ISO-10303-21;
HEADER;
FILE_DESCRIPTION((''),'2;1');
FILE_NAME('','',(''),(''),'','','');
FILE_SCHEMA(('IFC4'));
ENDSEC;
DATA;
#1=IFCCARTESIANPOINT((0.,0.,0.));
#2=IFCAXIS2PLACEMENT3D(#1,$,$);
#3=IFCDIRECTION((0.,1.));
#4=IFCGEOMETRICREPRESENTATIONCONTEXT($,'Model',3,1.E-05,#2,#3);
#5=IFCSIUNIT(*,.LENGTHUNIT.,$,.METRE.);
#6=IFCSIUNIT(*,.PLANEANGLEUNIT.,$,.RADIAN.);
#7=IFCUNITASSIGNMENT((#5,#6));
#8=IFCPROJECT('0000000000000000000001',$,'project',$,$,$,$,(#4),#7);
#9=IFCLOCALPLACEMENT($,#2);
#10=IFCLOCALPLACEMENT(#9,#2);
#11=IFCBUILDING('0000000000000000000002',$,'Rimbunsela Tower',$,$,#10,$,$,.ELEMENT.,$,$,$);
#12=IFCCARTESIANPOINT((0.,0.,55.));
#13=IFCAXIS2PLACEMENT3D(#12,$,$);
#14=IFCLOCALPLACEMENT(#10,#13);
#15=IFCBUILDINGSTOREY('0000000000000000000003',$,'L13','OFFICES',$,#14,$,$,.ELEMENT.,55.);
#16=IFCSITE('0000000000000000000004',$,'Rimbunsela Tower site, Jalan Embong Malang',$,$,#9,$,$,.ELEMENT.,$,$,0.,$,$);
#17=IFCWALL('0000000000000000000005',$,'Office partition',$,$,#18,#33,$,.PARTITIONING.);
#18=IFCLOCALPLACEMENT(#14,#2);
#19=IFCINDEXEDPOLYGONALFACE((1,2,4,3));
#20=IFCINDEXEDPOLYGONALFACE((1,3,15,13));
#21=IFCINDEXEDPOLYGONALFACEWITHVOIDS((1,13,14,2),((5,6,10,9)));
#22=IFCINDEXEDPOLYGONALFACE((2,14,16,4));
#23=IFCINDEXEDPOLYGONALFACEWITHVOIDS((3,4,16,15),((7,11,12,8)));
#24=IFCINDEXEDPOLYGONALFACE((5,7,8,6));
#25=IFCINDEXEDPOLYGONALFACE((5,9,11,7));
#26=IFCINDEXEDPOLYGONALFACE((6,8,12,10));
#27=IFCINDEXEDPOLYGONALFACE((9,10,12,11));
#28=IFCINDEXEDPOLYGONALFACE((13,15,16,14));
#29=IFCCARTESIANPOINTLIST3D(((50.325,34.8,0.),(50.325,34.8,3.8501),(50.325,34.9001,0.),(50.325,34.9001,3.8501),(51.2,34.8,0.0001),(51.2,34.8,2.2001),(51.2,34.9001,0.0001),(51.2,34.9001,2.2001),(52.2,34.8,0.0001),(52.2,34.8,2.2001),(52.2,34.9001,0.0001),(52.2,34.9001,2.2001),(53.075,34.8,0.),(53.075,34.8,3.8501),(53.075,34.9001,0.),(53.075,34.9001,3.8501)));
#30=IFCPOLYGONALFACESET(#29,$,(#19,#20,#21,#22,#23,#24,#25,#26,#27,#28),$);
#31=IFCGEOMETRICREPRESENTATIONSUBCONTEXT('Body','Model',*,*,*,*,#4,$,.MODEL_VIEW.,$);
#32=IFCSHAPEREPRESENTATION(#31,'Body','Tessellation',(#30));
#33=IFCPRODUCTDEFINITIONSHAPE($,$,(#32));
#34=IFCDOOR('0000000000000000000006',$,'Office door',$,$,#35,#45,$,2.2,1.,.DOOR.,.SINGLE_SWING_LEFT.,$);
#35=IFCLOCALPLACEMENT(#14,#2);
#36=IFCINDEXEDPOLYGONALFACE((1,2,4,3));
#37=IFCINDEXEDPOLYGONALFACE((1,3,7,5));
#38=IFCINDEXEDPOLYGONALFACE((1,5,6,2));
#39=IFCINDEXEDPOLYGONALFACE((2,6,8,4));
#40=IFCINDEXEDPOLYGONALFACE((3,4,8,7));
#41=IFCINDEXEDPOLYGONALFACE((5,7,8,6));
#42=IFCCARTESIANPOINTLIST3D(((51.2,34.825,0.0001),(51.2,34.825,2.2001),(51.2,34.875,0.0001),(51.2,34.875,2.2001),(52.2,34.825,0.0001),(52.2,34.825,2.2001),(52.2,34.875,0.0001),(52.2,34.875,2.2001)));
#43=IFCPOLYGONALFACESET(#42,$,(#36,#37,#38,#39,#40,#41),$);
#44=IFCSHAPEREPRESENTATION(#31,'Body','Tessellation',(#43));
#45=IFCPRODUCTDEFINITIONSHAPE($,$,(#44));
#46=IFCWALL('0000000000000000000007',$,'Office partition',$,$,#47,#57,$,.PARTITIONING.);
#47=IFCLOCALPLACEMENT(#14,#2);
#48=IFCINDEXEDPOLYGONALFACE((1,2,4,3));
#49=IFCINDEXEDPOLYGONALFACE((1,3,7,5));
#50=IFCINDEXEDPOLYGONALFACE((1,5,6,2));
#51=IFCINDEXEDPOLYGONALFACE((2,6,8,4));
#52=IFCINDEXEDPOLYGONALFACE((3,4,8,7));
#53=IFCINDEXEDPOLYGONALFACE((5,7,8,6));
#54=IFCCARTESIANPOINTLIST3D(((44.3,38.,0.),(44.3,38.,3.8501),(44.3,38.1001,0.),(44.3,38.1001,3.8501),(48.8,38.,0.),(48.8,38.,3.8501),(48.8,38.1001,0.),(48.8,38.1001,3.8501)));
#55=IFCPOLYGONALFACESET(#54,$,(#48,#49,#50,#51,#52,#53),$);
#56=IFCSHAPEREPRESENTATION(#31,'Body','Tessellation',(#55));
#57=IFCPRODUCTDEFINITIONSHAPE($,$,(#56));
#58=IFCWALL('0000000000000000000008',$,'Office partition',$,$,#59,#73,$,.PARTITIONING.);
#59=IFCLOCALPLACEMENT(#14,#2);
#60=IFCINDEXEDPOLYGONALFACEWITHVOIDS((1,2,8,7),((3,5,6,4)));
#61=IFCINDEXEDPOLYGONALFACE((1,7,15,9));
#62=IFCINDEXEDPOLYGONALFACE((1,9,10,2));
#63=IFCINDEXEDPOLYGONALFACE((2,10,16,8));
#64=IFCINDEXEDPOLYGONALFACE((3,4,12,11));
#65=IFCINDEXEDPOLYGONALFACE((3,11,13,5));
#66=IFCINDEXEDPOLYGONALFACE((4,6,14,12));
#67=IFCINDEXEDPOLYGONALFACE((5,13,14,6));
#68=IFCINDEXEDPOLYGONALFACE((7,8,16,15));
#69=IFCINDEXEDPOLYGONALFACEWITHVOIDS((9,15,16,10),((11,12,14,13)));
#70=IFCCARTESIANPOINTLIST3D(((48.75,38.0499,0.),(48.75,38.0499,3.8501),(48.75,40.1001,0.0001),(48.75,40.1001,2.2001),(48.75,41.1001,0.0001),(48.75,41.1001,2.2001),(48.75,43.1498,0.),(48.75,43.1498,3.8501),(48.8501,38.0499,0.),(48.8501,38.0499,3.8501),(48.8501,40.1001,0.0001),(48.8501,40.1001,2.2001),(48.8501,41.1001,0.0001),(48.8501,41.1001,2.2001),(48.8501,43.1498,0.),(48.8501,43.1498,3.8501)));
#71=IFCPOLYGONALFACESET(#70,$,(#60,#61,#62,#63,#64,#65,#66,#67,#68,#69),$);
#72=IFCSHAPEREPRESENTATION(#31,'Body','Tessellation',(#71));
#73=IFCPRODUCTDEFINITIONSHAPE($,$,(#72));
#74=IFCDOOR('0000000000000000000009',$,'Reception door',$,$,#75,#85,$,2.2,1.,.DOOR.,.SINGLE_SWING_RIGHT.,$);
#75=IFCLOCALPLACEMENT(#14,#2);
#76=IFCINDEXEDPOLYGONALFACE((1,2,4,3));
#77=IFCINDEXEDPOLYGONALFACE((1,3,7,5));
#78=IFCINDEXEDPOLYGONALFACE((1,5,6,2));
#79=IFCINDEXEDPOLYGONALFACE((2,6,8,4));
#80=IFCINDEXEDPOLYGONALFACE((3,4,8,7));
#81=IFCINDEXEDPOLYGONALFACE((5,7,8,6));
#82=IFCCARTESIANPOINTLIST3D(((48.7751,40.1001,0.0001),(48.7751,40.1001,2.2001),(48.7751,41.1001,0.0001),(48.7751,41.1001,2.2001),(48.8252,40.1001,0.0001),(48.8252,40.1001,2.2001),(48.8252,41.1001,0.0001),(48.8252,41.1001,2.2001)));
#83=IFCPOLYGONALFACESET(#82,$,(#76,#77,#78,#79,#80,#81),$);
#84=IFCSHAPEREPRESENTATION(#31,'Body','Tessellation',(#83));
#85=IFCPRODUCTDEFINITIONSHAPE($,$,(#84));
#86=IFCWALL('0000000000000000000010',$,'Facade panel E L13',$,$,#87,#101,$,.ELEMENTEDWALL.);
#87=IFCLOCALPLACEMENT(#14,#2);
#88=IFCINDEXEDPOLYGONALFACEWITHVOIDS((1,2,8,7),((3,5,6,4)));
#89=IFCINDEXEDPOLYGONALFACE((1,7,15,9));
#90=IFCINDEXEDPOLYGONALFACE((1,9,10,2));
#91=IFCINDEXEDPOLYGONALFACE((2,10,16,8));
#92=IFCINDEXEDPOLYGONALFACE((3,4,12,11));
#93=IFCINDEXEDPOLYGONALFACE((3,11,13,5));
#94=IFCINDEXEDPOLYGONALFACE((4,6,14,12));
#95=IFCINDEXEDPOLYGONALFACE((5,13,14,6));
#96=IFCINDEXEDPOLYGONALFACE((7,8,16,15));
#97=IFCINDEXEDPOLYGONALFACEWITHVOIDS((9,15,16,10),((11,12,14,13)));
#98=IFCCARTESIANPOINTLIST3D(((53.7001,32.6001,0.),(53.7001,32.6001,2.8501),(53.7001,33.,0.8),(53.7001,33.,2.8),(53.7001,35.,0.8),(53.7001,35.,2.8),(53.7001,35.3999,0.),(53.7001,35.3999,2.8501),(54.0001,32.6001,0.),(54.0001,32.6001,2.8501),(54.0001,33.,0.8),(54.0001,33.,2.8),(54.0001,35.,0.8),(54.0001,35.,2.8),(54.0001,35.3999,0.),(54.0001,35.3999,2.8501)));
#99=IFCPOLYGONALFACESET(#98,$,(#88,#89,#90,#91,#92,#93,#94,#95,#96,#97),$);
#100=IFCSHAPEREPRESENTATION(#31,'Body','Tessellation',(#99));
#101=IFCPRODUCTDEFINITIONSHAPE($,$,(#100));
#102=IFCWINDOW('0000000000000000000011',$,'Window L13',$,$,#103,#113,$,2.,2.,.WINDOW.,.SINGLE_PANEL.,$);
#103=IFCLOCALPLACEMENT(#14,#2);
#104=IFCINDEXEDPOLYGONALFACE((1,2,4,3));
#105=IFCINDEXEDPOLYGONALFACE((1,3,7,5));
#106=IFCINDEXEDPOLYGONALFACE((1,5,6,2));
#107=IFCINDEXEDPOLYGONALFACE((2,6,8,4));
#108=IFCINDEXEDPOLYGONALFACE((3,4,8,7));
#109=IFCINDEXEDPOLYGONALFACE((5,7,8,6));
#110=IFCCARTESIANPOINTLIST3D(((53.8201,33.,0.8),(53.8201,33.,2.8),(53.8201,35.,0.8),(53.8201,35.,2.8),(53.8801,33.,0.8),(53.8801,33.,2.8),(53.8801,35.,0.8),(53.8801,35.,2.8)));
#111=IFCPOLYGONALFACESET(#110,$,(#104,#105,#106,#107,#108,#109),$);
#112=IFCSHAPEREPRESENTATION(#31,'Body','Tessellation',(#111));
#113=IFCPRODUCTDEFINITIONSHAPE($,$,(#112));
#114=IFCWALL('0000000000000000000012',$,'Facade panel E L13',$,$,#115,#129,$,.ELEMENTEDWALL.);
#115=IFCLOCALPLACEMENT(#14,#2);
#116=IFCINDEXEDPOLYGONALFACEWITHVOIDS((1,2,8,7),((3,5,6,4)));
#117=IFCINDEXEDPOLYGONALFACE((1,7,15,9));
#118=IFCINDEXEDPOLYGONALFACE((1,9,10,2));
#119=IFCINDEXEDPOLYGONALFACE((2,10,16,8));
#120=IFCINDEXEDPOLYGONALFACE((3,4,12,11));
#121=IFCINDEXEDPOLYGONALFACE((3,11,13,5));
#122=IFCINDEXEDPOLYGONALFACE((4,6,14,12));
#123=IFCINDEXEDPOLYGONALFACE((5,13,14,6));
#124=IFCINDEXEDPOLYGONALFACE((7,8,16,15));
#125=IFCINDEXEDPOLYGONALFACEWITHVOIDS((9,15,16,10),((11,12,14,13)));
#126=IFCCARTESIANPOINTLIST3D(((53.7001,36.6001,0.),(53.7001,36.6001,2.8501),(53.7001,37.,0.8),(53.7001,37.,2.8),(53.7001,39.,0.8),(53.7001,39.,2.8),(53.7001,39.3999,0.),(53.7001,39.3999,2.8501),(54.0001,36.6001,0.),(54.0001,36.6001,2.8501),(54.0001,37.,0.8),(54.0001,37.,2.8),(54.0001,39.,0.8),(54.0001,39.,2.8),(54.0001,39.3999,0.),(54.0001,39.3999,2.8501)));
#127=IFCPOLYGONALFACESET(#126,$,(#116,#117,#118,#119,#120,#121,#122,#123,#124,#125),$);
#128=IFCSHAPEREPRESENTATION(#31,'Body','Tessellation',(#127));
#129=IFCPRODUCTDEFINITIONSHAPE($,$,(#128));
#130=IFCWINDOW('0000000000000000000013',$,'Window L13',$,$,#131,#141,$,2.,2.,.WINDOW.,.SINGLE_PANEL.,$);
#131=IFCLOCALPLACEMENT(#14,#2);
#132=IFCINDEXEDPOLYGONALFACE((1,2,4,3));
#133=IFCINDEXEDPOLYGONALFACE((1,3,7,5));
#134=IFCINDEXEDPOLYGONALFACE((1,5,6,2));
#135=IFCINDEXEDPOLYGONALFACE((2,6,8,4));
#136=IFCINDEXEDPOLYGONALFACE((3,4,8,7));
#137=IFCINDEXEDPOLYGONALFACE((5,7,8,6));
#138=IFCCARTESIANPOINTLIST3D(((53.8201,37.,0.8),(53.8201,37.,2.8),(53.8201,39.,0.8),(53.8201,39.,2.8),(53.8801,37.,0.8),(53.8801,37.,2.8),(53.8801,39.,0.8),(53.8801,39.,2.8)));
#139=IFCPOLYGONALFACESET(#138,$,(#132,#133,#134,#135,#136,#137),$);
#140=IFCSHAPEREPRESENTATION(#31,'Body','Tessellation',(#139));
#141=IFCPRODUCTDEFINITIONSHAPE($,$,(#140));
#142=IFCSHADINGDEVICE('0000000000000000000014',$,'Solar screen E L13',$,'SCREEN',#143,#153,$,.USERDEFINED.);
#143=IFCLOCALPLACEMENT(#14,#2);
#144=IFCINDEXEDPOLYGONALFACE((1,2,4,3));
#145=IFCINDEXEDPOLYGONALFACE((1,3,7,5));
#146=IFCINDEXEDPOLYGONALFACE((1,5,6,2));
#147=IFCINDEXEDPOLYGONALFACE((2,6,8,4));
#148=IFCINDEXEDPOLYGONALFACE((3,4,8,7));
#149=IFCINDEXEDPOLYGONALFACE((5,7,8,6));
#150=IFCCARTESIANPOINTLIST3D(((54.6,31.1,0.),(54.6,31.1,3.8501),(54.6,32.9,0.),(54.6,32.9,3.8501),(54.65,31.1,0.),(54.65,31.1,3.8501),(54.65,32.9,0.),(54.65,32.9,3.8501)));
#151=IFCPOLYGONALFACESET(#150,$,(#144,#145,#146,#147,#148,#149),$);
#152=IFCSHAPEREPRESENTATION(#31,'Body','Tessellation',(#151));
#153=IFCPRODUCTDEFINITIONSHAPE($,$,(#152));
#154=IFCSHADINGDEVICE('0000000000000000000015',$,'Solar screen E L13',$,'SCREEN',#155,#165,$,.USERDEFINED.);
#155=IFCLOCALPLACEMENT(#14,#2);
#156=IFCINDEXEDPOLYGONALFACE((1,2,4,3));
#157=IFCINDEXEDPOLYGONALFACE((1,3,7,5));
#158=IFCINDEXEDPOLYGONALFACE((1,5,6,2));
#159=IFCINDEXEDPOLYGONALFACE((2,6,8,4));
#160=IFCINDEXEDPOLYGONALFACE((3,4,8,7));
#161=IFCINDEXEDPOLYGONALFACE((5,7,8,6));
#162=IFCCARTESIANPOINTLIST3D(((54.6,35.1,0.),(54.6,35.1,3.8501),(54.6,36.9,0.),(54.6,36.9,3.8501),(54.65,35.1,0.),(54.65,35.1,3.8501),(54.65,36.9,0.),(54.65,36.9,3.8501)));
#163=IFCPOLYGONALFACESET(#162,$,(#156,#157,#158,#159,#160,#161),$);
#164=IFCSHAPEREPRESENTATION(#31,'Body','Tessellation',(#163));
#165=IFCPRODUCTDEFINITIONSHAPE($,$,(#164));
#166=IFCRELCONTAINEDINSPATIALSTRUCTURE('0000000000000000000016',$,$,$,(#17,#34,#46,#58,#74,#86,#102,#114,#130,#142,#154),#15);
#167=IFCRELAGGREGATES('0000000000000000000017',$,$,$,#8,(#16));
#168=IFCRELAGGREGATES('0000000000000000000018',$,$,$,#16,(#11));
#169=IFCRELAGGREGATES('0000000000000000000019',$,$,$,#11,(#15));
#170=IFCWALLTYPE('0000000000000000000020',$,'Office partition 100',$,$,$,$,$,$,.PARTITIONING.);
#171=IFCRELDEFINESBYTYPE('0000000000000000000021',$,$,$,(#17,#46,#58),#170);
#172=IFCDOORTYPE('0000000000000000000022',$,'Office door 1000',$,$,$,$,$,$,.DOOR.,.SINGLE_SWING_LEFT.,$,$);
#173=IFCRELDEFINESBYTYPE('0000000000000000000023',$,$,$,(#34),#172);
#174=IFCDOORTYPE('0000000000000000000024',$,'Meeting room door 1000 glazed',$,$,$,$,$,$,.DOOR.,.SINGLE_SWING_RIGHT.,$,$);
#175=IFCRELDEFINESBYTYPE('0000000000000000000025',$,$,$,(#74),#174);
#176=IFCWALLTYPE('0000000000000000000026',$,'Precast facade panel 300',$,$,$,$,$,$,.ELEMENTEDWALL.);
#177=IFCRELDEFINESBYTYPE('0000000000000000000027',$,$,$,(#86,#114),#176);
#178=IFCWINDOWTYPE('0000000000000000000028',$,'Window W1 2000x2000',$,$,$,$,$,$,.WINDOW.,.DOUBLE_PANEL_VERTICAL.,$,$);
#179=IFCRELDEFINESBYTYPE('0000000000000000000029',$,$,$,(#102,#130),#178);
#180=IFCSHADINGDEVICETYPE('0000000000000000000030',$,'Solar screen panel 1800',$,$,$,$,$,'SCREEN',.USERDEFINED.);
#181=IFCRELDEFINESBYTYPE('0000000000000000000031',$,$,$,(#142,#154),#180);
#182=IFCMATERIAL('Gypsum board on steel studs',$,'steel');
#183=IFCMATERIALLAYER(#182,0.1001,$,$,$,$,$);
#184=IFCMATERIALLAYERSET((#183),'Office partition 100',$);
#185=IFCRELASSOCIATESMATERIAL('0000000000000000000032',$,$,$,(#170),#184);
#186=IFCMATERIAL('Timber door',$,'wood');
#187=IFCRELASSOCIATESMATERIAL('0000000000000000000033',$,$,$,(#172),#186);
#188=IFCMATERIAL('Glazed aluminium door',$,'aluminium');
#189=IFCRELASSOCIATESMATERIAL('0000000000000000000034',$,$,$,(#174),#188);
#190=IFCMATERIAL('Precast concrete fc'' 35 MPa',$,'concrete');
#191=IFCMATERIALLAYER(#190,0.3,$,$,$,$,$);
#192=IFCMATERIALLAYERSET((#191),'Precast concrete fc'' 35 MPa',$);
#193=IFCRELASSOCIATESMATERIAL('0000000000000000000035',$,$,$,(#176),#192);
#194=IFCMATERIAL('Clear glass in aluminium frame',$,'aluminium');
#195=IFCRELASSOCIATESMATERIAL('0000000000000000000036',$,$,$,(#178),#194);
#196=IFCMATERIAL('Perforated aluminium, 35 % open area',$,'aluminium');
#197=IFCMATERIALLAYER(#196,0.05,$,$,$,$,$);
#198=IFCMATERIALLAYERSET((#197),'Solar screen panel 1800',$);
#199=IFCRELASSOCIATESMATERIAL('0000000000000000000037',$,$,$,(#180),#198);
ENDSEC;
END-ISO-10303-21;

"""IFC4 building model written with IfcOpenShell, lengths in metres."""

from ifc_helpers import new_model, si_unit, direction, frame, frame_2d, origin, origin_2d, place, context, subcontext, project, spatial, rectangle, extrude, material, layer, layer_set, type_object, element, fill, save


model = new_model("IFC4")

# Units and contexts
model_context = context("Model", 3, precision=1e-05, world=origin(), true_north=direction((0.0, 1.0)))
body_context = subcontext(model_context, "Body", "Model", "MODEL_VIEW")
ifc_project = project(units=[si_unit("LENGTHUNIT", "METRE"), si_unit("PLANEANGLEUNIT", "RADIAN")], contexts=[model_context])

# Site, building, storey
site_placement = place(None, origin())
site = spatial("IfcSite", under=ifc_project, at=site_placement, Name="Rimbunsela Tower site, Jalan Embong Malang", CompositionType="ELEMENT", RefElevation=0.0)
building_placement = place(site_placement, origin())
building = spatial("IfcBuilding", under=site, at=building_placement, Name="Rimbunsela Tower", CompositionType="ELEMENT")
storey_placement = place(building_placement, frame((0.0, 0.0, 55.0)))
storey = spatial("IfcBuildingStorey", under=building, at=storey_placement, Name="L13", Description="OFFICES", CompositionType="ELEMENT", Elevation=55.0)

# Wall, opening, door
ifc_material_1 = material(Name="Gypsum board on steel studs", Category="steel")
ifc_layer_1 = layer(ifc_material_1, 0.1001)
ifc_layer_set_1 = layer_set([ifc_layer_1], Name="Office partition 100")
wall_type_1 = type_object("IfcWallType", Name="Office partition 100", PredefinedType="PARTITIONING", material=ifc_layer_set_1)
ifc_material_2 = material(Name="Timber door", Category="wood")
door_type_1 = type_object("IfcDoorType", Name="Office door 1000", OperationType="SINGLE_SWING_LEFT", PredefinedType="DOOR", material=ifc_material_2)
wall_1_placement = place(storey_placement, frame((50.325, 34.8501, 0.0), z_axis=(0.0, 0.0, 1.0), x_axis=(1.0, 0.0, 0.0)))
wall_1 = element("IfcWall", 1, at=wall_1_placement, inside=storey, type_object=wall_type_1, Name="Office partition", PredefinedType="PARTITIONING", context=body_context, shape_type="SweptSolid", body=[
    extrude(rectangle(XDim=2.75, YDim=0.1001, at=frame_2d((1.375, 0.0))), origin(), (0.0, 0.0, 1.0), 3.8501),
])
opening_1_placement = place(wall_1_placement, frame((0.875, 0.0, 0.0)))
opening_1 = element("IfcOpeningElement", 2, at=opening_1_placement, cuts=wall_1, PredefinedType="OPENING", context=body_context, shape_type="SweptSolid", body=[
    extrude(rectangle(XDim=1.0, YDim=2.2, at=frame_2d((0.5, 1.1001))), frame((0.0, 0.0601, 0.0), z_axis=(0.0, -1.0, 0.0), x_axis=(1.0, 0.0, 0.0)), (0.0, 0.0, 1.0), 0.1201),
])
door_1_placement = place(opening_1_placement, origin())
door_1 = element("IfcDoor", 3, at=door_1_placement, inside=storey, type_object=door_type_1, Name="Office door", OperationType="SINGLE_SWING_LEFT", OverallHeight=2.2, OverallWidth=1.0, PredefinedType="DOOR", context=body_context, shape_type="SweptSolid", body=[
    extrude(rectangle(XDim=1.0, YDim=2.2, at=frame_2d((0.5, 1.1001))), frame((0.0, 0.0249, 0.0), z_axis=(0.0, -1.0, 0.0), x_axis=(1.0, 0.0, 0.0)), (0.0, 0.0, 1.0), 0.05),
])
fill(opening_1, door_1)

# Wall
wall_2_placement = place(storey_placement, frame((44.3, 38.05, 0.0), z_axis=(0.0, 0.0, 1.0), x_axis=(1.0, 0.0, 0.0)))
element("IfcWall", 4, at=wall_2_placement, inside=storey, type_object=wall_type_1, Name="Office partition", PredefinedType="PARTITIONING", context=body_context, shape_type="SweptSolid", body=[
    extrude(rectangle(XDim=4.5, YDim=0.1001, at=frame_2d((2.25, 0.0))), origin(), (0.0, 0.0, 1.0), 3.8501),
])

# Wall, opening, door
wall_3_placement = place(storey_placement, frame((48.8, 38.05, 0.0), z_axis=(0.0, 0.0, 1.0), x_axis=(0.0, 1.0, 0.0)))
wall_3 = element("IfcWall", 5, at=wall_3_placement, inside=storey, type_object=wall_type_1, Name="Office partition", PredefinedType="PARTITIONING", context=body_context, shape_type="SweptSolid", body=[
    extrude(rectangle(XDim=5.0999, YDim=0.1001, at=frame_2d((2.5498, 0.0))), origin(), (0.0, 0.0, 1.0), 3.8501),
])
opening_2_placement = place(wall_3_placement, frame((2.05, 0.0, 0.0)))
opening_2 = element("IfcOpeningElement", 6, at=opening_2_placement, cuts=wall_3, PredefinedType="OPENING", context=body_context, shape_type="SweptSolid", body=[
    extrude(rectangle(XDim=1.0, YDim=2.2, at=frame_2d((0.5, 1.1001))), frame((0.0, 0.0601, 0.0), z_axis=(0.0, -1.0, 0.0), x_axis=(1.0, 0.0, 0.0)), (0.0, 0.0, 1.0), 0.1201),
])
ifc_material_3 = material(Name="Glazed aluminium door", Category="aluminium")
door_type_2 = type_object("IfcDoorType", Name="Meeting room door 1000 glazed", OperationType="SINGLE_SWING_RIGHT", PredefinedType="DOOR", material=ifc_material_3)
door_2_placement = place(opening_2_placement, origin())
door_2 = element("IfcDoor", 7, at=door_2_placement, inside=storey, type_object=door_type_2, Name="Reception door", OperationType="SINGLE_SWING_RIGHT", OverallHeight=2.2, OverallWidth=1.0, PredefinedType="DOOR", context=body_context, shape_type="SweptSolid", body=[
    extrude(rectangle(XDim=1.0, YDim=2.2, at=frame_2d((0.5, 1.1001))), frame((0.0, 0.0249, 0.0), z_axis=(0.0, -1.0, 0.0), x_axis=(1.0, 0.0, 0.0)), (0.0, 0.0, 1.0), 0.05),
])
fill(opening_2, door_2)

# Walls, openings, windows
ifc_material_4 = material(Name="Precast concrete fc' 35 MPa", Category="concrete")
ifc_layer_2 = layer(ifc_material_4, 0.3)
ifc_layer_set_2 = layer_set([ifc_layer_2], Name="Precast concrete fc' 35 MPa")
wall_type_2 = type_object("IfcWallType", Name="Precast facade panel 300", PredefinedType="ELEMENTEDWALL", material=ifc_layer_set_2)
wall_4_placement = place(storey_placement, frame((53.8501, 32.6001, 0.0), z_axis=(0.0, 0.0, 1.0), x_axis=(0.0, 1.0, 0.0)))
wall_4 = element("IfcWall", 8, at=wall_4_placement, inside=storey, type_object=wall_type_2, Name="Facade panel E L13", PredefinedType="ELEMENTEDWALL", context=body_context, shape_type="SweptSolid", body=[
    extrude(rectangle(XDim=2.7998, YDim=0.3, at=frame_2d((1.3999, 0.0))), origin(), (0.0, 0.0, 1.0), 2.8501),
])
opening_3_placement = place(wall_4_placement, frame((0.3999, 0.0, 0.8)))
opening_3 = element("IfcOpeningElement", 9, at=opening_3_placement, cuts=wall_4, PredefinedType="OPENING", context=body_context, shape_type="SweptSolid", body=[
    extrude(rectangle(XDim=2.0, YDim=2.0, at=frame_2d((1.0, 1.0))), frame((0.0, 0.1599, 0.0), z_axis=(0.0, -1.0, 0.0), x_axis=(1.0, 0.0, 0.0)), (0.0, 0.0, 1.0), 0.3201),
])
ifc_material_5 = material(Name="Clear glass in aluminium frame", Category="aluminium")
window_type = type_object("IfcWindowType", Name="Window W1 2000x2000", PartitioningType="DOUBLE_PANEL_VERTICAL", PredefinedType="WINDOW", material=ifc_material_5)
window_1_placement = place(opening_3_placement, origin())
window_1 = element("IfcWindow", 10, at=window_1_placement, inside=storey, type_object=window_type, Name="Window L13", OverallHeight=2.0, OverallWidth=2.0, PartitioningType="SINGLE_PANEL", PredefinedType="WINDOW", context=body_context, shape_type="SweptSolid", body=[
    extrude(rectangle(XDim=2.0, YDim=2.0, at=frame_2d((1.0, 1.0))), frame((0.0, 0.03, 0.0), z_axis=(0.0, -1.0, 0.0), x_axis=(1.0, 0.0, 0.0)), (0.0, 0.0, 1.0), 0.0601),
])
fill(opening_3, window_1)
wall_5_placement = place(storey_placement, frame((53.8501, 36.6001, 0.0), z_axis=(0.0, 0.0, 1.0), x_axis=(0.0, 1.0, 0.0)))
wall_5 = element("IfcWall", 11, at=wall_5_placement, inside=storey, type_object=wall_type_2, Name="Facade panel E L13", PredefinedType="ELEMENTEDWALL", context=body_context, shape_type="SweptSolid", body=[
    extrude(rectangle(XDim=2.7998, YDim=0.3, at=frame_2d((1.3999, 0.0))), origin(), (0.0, 0.0, 1.0), 2.8501),
])
opening_4_placement = place(wall_5_placement, frame((0.3999, 0.0, 0.8)))
opening_4 = element("IfcOpeningElement", 12, at=opening_4_placement, cuts=wall_5, PredefinedType="OPENING", context=body_context, shape_type="SweptSolid", body=[
    extrude(rectangle(XDim=2.0, YDim=2.0, at=frame_2d((1.0, 1.0))), frame((0.0, 0.1599, 0.0), z_axis=(0.0, -1.0, 0.0), x_axis=(1.0, 0.0, 0.0)), (0.0, 0.0, 1.0), 0.3201),
])
window_2_placement = place(opening_4_placement, origin())
window_2 = element("IfcWindow", 13, at=window_2_placement, inside=storey, type_object=window_type, Name="Window L13", OverallHeight=2.0, OverallWidth=2.0, PartitioningType="SINGLE_PANEL", PredefinedType="WINDOW", context=body_context, shape_type="SweptSolid", body=[
    extrude(rectangle(XDim=2.0, YDim=2.0, at=frame_2d((1.0, 1.0))), frame((0.0, 0.03, 0.0), z_axis=(0.0, -1.0, 0.0), x_axis=(1.0, 0.0, 0.0)), (0.0, 0.0, 1.0), 0.0601),
])
fill(opening_4, window_2)

# Shading devices
ifc_material_6 = material(Name="Perforated aluminium, 35 % open area", Category="aluminium")
ifc_layer_3 = layer(ifc_material_6, 0.05)
ifc_layer_set_3 = layer_set([ifc_layer_3], Name="Solar screen panel 1800")
shading_device_type = type_object("IfcShadingDeviceType", Name="Solar screen panel 1800", ElementType="SCREEN", PredefinedType="USERDEFINED", material=ifc_layer_set_3)
for number, where, z_axis, x_axis, name in (
    (14, (54.625, 32.0, 0.0), (0.0, 0.0, 1.0), (0.0, 1.0, 0.0), "Solar screen E L13"),
    (15, (54.625, 36.0, 0.0), (0.0, 0.0, 1.0), (0.0, 1.0, 0.0), "Solar screen E L13"),
):
    element("IfcShadingDevice", number, at=place(storey_placement, frame(where, z_axis=z_axis, x_axis=x_axis)), inside=storey, type_object=shading_device_type, Name=name, ObjectType="SCREEN", PredefinedType="USERDEFINED", context=body_context, shape_type="SweptSolid", body=[
        extrude(rectangle(XDim=1.8, YDim=0.05, at=origin_2d()), origin(), (0.0, 0.0, 1.0), 3.8501),
    ])

save(model, "model.ifc")
